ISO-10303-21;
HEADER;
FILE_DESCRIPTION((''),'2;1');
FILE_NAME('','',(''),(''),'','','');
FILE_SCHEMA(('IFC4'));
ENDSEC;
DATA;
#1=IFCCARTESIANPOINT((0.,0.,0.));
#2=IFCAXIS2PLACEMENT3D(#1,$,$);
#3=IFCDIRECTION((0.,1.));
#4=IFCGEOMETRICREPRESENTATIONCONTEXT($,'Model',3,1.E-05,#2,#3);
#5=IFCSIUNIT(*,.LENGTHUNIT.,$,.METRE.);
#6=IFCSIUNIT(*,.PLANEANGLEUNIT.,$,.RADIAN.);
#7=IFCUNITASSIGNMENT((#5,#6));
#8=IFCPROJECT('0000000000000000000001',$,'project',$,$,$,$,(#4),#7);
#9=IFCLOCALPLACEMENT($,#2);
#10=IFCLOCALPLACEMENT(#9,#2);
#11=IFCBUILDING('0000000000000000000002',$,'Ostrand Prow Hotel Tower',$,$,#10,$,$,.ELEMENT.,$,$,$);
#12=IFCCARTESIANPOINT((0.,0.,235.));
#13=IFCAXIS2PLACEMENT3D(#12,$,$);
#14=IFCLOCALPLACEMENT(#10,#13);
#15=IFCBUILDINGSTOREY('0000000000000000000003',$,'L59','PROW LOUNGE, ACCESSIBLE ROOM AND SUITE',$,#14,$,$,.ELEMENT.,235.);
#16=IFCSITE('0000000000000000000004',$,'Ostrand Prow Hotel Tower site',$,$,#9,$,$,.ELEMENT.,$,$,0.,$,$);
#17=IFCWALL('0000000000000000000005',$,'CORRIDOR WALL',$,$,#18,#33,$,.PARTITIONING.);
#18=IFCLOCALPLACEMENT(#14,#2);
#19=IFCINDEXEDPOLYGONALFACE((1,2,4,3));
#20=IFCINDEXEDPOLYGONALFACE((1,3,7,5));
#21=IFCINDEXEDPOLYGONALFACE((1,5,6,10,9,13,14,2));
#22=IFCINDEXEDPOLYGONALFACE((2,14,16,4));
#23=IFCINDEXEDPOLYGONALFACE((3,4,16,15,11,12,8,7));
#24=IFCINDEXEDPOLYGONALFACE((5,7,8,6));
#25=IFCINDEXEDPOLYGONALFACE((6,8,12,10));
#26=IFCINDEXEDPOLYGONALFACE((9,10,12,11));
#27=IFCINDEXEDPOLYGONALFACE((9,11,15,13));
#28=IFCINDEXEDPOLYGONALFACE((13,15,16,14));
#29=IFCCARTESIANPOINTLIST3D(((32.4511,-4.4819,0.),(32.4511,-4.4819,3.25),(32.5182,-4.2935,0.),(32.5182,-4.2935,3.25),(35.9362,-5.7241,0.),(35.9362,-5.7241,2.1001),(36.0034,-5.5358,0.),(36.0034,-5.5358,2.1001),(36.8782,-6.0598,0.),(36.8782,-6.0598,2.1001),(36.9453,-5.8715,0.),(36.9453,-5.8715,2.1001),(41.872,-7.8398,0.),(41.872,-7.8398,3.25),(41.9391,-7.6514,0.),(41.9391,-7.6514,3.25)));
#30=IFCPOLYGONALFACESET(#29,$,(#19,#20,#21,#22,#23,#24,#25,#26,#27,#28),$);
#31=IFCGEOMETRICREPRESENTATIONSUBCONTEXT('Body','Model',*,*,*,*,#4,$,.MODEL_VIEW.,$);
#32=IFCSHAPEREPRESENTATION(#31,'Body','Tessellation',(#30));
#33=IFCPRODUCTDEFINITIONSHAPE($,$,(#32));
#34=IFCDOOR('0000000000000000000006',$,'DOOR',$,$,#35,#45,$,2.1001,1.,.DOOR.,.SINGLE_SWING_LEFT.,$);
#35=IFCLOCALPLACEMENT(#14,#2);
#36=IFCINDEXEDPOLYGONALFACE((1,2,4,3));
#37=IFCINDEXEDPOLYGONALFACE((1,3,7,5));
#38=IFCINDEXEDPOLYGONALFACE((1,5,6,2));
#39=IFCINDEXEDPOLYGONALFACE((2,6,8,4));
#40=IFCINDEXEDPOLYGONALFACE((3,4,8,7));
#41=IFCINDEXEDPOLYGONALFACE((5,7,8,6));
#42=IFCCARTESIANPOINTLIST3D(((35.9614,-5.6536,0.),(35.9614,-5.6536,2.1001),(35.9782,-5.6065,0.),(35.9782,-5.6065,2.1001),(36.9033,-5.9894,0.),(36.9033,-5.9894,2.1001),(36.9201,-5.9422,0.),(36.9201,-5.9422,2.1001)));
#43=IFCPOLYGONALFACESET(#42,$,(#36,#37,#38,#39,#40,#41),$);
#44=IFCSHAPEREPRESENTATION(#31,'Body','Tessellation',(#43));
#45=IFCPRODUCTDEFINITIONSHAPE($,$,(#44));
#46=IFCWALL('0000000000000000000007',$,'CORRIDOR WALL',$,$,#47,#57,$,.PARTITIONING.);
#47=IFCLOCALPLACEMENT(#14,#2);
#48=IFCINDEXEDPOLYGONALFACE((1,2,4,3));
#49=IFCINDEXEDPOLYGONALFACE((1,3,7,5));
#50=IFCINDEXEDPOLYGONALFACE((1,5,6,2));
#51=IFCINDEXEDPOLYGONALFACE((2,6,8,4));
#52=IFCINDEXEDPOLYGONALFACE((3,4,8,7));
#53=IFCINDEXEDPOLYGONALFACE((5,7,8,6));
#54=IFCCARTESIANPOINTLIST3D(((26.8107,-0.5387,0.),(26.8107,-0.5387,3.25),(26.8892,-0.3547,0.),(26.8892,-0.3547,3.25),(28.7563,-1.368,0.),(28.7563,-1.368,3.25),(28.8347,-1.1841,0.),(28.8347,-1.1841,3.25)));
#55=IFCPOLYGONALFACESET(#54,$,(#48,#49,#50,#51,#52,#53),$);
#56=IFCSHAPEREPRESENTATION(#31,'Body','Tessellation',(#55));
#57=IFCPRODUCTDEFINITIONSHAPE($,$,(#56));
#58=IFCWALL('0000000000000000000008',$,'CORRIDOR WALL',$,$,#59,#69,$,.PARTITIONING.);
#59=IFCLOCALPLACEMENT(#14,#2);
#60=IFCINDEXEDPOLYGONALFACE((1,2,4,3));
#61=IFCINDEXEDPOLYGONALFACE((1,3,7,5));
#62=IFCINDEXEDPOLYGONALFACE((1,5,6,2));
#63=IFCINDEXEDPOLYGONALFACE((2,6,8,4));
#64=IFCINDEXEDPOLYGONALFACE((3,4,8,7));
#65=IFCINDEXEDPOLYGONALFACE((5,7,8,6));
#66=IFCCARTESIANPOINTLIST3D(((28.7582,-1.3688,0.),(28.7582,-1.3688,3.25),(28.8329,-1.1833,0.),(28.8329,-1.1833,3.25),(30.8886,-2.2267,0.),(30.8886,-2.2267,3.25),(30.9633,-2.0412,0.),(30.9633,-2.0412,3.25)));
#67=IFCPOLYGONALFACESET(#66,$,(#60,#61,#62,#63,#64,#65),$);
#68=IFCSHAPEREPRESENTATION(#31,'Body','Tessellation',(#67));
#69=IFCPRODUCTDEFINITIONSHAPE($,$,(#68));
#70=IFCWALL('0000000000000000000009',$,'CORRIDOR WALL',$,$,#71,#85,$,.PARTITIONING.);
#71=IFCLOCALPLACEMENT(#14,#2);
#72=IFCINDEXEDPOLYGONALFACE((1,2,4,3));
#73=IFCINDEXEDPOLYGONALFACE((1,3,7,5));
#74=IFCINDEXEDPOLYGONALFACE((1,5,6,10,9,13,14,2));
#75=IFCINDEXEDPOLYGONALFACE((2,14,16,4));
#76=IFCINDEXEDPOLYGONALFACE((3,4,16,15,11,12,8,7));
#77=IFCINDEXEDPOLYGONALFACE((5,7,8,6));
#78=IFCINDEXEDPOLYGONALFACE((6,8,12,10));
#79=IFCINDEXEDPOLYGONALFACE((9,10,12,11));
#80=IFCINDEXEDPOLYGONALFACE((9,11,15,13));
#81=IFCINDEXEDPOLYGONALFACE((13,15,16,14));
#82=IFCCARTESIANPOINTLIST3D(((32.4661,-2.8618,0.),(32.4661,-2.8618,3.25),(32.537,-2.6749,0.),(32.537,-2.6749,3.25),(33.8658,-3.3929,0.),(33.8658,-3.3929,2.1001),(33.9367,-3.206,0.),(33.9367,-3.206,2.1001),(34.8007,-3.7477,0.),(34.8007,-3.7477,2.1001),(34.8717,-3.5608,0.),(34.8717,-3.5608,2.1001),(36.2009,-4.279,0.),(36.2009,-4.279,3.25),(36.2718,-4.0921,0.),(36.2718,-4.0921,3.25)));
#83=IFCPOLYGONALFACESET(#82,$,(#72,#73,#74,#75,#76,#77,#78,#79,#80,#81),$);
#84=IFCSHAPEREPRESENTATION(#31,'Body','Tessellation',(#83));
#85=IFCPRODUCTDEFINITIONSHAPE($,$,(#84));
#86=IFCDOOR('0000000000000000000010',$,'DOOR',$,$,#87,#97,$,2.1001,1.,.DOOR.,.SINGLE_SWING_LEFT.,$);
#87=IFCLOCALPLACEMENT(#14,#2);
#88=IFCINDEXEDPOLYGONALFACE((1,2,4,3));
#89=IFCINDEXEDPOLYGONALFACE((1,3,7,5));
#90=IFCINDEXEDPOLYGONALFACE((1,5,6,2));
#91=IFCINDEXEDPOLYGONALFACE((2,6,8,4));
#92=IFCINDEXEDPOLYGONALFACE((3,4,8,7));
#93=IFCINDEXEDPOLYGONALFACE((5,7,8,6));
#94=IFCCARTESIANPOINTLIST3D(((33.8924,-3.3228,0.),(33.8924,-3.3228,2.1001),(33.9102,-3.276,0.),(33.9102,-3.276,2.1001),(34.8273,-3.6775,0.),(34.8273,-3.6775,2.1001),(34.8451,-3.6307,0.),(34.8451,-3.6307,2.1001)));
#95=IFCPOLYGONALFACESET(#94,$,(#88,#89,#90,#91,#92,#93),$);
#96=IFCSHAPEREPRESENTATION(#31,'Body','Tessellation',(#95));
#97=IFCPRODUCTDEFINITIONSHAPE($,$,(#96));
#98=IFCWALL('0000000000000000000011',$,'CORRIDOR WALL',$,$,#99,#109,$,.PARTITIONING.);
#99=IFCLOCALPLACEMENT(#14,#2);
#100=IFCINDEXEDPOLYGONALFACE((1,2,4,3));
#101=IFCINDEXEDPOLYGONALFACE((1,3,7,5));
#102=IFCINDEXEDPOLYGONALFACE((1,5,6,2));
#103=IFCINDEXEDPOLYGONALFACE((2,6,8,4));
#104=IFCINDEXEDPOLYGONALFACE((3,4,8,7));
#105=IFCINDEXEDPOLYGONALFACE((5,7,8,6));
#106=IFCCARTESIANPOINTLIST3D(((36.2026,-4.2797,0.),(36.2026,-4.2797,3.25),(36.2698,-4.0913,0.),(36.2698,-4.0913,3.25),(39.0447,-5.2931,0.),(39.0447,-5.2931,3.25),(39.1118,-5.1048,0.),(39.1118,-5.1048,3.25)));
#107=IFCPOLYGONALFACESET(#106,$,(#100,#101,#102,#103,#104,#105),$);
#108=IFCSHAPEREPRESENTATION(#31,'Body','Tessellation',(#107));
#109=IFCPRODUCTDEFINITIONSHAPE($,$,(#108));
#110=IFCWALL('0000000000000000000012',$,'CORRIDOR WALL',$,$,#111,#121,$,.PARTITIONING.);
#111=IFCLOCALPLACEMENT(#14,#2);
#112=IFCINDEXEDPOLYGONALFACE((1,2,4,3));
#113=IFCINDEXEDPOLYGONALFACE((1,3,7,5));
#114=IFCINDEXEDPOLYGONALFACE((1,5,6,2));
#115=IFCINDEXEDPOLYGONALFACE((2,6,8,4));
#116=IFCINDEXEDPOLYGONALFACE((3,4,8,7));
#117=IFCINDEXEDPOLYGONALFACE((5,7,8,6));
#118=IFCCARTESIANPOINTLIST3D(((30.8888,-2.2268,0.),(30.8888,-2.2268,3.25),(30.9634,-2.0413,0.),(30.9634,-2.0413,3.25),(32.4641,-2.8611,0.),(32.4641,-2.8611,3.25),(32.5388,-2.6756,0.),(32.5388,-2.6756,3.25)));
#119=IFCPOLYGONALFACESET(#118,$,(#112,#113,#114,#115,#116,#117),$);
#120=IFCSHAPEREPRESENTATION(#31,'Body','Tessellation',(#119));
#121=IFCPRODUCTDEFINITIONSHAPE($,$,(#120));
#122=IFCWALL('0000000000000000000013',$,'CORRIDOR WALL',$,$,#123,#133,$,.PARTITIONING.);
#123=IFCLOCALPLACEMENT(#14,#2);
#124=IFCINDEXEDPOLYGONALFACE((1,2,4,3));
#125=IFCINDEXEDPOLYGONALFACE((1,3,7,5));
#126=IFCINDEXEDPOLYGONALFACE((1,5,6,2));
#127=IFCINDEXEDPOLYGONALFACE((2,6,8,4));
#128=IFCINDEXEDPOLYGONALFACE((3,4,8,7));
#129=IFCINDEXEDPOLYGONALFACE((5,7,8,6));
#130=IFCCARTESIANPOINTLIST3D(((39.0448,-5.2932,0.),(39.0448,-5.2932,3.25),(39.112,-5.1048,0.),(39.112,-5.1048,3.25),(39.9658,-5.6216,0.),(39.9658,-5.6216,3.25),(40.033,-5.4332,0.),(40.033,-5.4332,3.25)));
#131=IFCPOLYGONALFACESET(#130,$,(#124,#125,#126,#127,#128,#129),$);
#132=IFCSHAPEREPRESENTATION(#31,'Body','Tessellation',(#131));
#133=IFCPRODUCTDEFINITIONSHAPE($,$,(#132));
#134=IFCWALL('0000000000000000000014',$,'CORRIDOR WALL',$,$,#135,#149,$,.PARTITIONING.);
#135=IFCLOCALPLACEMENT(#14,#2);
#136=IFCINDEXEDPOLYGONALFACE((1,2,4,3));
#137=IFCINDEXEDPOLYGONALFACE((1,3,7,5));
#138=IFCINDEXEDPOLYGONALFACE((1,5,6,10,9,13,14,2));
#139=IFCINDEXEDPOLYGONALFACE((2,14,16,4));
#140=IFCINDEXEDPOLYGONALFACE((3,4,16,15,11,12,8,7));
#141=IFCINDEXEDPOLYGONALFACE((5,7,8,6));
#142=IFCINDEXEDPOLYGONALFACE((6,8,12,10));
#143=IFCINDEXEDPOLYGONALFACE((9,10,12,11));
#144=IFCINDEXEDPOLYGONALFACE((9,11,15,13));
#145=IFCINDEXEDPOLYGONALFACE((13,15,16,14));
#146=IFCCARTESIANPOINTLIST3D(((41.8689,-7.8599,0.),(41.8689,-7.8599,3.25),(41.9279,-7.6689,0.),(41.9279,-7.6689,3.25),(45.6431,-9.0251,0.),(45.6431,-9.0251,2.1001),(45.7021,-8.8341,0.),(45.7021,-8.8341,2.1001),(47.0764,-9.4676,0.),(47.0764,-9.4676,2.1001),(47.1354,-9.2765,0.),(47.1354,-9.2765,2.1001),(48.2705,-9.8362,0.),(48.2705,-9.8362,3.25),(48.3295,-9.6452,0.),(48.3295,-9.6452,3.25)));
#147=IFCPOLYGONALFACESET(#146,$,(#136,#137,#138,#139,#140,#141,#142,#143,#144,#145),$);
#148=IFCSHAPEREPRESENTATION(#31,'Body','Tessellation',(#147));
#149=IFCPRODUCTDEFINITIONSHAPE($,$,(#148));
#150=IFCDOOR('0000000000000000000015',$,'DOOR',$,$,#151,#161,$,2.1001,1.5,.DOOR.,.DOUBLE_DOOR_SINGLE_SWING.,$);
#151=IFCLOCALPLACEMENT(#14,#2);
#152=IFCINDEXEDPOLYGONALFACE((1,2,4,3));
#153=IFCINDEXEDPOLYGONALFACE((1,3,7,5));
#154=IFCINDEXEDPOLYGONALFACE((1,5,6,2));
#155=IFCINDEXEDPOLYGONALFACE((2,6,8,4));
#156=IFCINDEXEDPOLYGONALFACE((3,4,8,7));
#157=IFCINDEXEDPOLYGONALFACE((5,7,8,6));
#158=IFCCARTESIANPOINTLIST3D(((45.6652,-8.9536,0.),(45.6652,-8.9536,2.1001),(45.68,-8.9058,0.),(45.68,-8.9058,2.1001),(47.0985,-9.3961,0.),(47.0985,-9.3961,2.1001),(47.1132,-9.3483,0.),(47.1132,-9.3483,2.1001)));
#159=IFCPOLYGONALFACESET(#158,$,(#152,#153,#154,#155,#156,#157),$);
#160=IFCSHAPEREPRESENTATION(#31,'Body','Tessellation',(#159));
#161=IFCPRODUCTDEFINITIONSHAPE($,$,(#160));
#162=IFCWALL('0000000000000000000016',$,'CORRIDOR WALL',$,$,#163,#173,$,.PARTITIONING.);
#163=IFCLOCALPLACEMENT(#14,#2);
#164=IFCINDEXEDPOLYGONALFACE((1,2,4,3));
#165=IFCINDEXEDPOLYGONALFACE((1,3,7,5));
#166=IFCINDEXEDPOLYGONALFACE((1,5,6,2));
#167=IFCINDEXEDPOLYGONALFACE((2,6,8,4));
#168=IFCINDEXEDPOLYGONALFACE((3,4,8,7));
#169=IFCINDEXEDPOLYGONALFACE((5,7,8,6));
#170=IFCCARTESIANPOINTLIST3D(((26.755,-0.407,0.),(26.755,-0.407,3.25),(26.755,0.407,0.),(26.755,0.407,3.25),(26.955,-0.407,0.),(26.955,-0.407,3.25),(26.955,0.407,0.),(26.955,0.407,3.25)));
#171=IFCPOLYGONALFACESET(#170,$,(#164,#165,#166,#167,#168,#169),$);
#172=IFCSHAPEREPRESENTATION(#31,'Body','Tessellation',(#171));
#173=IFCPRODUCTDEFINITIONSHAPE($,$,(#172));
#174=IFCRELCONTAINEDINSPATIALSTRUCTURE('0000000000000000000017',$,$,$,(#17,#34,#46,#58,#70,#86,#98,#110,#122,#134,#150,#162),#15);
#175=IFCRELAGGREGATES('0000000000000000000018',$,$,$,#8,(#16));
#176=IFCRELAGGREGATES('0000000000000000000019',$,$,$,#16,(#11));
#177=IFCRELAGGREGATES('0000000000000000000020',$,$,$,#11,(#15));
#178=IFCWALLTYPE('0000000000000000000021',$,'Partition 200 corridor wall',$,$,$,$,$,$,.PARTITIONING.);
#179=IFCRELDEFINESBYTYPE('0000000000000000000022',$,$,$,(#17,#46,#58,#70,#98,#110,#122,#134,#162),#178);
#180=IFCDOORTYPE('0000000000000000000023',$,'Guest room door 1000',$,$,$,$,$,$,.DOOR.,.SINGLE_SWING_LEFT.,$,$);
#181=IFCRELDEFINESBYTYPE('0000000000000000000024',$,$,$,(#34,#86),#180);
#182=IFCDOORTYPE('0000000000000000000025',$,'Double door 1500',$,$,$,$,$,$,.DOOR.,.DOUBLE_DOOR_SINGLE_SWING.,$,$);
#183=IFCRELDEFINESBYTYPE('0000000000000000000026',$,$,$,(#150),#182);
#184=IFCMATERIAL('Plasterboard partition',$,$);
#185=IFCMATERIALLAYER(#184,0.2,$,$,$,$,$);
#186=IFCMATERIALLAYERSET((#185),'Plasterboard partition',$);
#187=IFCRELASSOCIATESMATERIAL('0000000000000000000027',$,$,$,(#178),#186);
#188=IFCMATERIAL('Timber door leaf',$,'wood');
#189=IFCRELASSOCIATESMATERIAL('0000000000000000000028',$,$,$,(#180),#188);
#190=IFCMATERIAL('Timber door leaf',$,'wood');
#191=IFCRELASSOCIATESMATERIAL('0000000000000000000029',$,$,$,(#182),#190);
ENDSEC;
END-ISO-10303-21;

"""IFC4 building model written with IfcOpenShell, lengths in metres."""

from ifc_helpers import new_model, si_unit, direction, frame, frame_2d, origin, place, context, subcontext, project, spatial, rectangle, extrude, material, layer, layer_set, type_object, element, fill, save


model = new_model("IFC4")

# Units and contexts
model_context = context("Model", 3, precision=1e-05, world=origin(), true_north=direction((0.0, 1.0)))
body_context = subcontext(model_context, "Body", "Model", "MODEL_VIEW")
ifc_project = project(units=[si_unit("LENGTHUNIT", "METRE"), si_unit("PLANEANGLEUNIT", "RADIAN")], contexts=[model_context])

# Site, building, storey
site_placement = place(None, origin())
site = spatial("IfcSite", under=ifc_project, at=site_placement, Name="Ostrand Prow Hotel Tower site", CompositionType="ELEMENT", RefElevation=0.0)
building_placement = place(site_placement, origin())
building = spatial("IfcBuilding", under=site, at=building_placement, Name="Ostrand Prow Hotel Tower", CompositionType="ELEMENT")
storey_placement = place(building_placement, frame((0.0, 0.0, 235.0)))
storey = spatial("IfcBuildingStorey", under=building, at=storey_placement, Name="L59", Description="PROW LOUNGE, ACCESSIBLE ROOM AND SUITE", CompositionType="ELEMENT", Elevation=235.0)

# Wall, opening, door
ifc_material_1 = material(Name="Plasterboard partition")
ifc_layer_1 = layer(ifc_material_1, 0.2)
ifc_layer_set_1 = layer_set([ifc_layer_1], Name="Plasterboard partition")
wall_type_1 = type_object("IfcWallType", Name="Partition 200 corridor wall", PredefinedType="PARTITIONING", material=ifc_layer_set_1)
wall_1_placement = place(storey_placement, frame((32.4846, -4.3877, 0.0), z_axis=(0.0, 0.0, 1.0), x_axis=(0.941954, -0.335743, 0.0)))
wall_1 = element("IfcWall", 1, at=wall_1_placement, inside=storey, type_object=wall_type_1, Name="CORRIDOR WALL", PredefinedType="PARTITIONING", context=body_context, shape_type="SweptSolid", body=[
    extrude(rectangle(XDim=10.0015, YDim=0.2, at=frame_2d((5.0007, 0.0))), origin(), (0.0, 0.0, 1.0), 3.25),
])
opening_1_placement = place(wall_1_placement, frame((3.7, 0.0, 0.0)))
opening_1 = element("IfcOpeningElement", 2, at=opening_1_placement, cuts=wall_1, PredefinedType="OPENING", context=body_context, shape_type="SweptSolid", body=[
    extrude(rectangle(XDim=1.0, YDim=2.1001, at=frame_2d((0.5, 1.05))), frame((0.0, 0.1099, 0.0), z_axis=(0.0, -1.0, 0.0), x_axis=(1.0, 0.0, 0.0)), (0.0, 0.0, 1.0), 0.22),
])
ifc_material_2 = material(Name="Timber door leaf", Category="wood")
door_type_1 = type_object("IfcDoorType", Name="Guest room door 1000", OperationType="SINGLE_SWING_LEFT", PredefinedType="DOOR", material=ifc_material_2)
door_1_placement = place(opening_1_placement, origin())
door_1 = element("IfcDoor", 3, at=door_1_placement, inside=storey, type_object=door_type_1, Name="DOOR", OperationType="SINGLE_SWING_LEFT", OverallHeight=2.1001, OverallWidth=1.0, PredefinedType="DOOR", context=body_context, shape_type="SweptSolid", body=[
    extrude(rectangle(XDim=1.0, YDim=2.1001, at=frame_2d((0.5, 1.05))), frame((0.0, 0.0249, 0.0), z_axis=(0.0, -1.0, 0.0), x_axis=(1.0, 0.0, 0.0)), (0.0, 0.0, 1.0), 0.05),
])
fill(opening_1, door_1)

# Walls
wall_2_placement = place(storey_placement, frame((28.7957, -1.2761, 0.0), z_axis=(0.0, 0.0, 1.0), x_axis=(-0.919908, 0.392135, 0.0)))
element("IfcWall", 4, at=wall_2_placement, inside=storey, type_object=wall_type_1, Name="CORRIDOR WALL", PredefinedType="PARTITIONING", context=body_context, shape_type="SweptSolid", body=[
    extrude(rectangle(XDim=2.115, YDim=0.2, at=frame_2d((1.0576, 0.0))), origin(), (0.0, 0.0, 1.0), 3.25),
])
wall_3_placement = place(storey_placement, frame((30.926, -2.134, 0.0), z_axis=(0.0, 0.0, 1.0), x_axis=(-0.927609, 0.373552, 0.0)))
element("IfcWall", 5, at=wall_3_placement, inside=storey, type_object=wall_type_1, Name="CORRIDOR WALL", PredefinedType="PARTITIONING", context=body_context, shape_type="SweptSolid", body=[
    extrude(rectangle(XDim=2.2966, YDim=0.2, at=frame_2d((1.1484, 0.0))), origin(), (0.0, 0.0, 1.0), 3.25),
])

# Wall, opening, door
wall_4_placement = place(storey_placement, frame((36.2363, -4.1855, 0.0), z_axis=(0.0, 0.0, 1.0), x_axis=(-0.934951, 0.354778, 0.0)))
wall_4 = element("IfcWall", 6, at=wall_4_placement, inside=storey, type_object=wall_type_1, Name="CORRIDOR WALL", PredefinedType="PARTITIONING", context=body_context, shape_type="SweptSolid", body=[
    extrude(rectangle(XDim=3.9946, YDim=0.2, at=frame_2d((1.9973, 0.0))), origin(), (0.0, 0.0, 1.0), 3.25),
])
opening_2_placement = place(wall_4_placement, frame((1.4976, 0.0, 0.0)))
opening_2 = element("IfcOpeningElement", 7, at=opening_2_placement, cuts=wall_4, PredefinedType="OPENING", context=body_context, shape_type="SweptSolid", body=[
    extrude(rectangle(XDim=1.0, YDim=2.1001, at=frame_2d((0.5, 1.05))), frame((0.0, 0.1099, 0.0), z_axis=(0.0, -1.0, 0.0), x_axis=(1.0, 0.0, 0.0)), (0.0, 0.0, 1.0), 0.22),
])
door_2_placement = place(opening_2_placement, origin())
door_2 = element("IfcDoor", 8, at=door_2_placement, inside=storey, type_object=door_type_1, Name="DOOR", OperationType="SINGLE_SWING_LEFT", OverallHeight=2.1001, OverallWidth=1.0, PredefinedType="DOOR", context=body_context, shape_type="SweptSolid", body=[
    extrude(rectangle(XDim=1.0, YDim=2.1001, at=frame_2d((0.5, 1.05))), frame((0.0, 0.0249, 0.0), z_axis=(0.0, -1.0, 0.0), x_axis=(1.0, 0.0, 0.0)), (0.0, 0.0, 1.0), 0.05),
])
fill(opening_2, door_2)

# Walls
wall_5_placement = place(storey_placement, frame((39.0784, -5.199, 0.0), z_axis=(0.0, 0.0, 1.0), x_axis=(-0.941908, 0.33587, 0.0)))
element("IfcWall", 9, at=wall_5_placement, inside=storey, type_object=wall_type_1, Name="CORRIDOR WALL", PredefinedType="PARTITIONING", context=body_context, shape_type="SweptSolid", body=[
    extrude(rectangle(XDim=3.0173, YDim=0.2, at=frame_2d((1.5088, 0.0))), origin(), (0.0, 0.0, 1.0), 3.25),
])
wall_6_placement = place(storey_placement, frame((32.5015, -2.7683, 0.0), z_axis=(0.0, 0.0, 1.0), x_axis=(-0.927642, 0.373472, 0.0)))
element("IfcWall", 10, at=wall_6_placement, inside=storey, type_object=wall_type_1, Name="CORRIDOR WALL", PredefinedType="PARTITIONING", context=body_context, shape_type="SweptSolid", body=[
    extrude(rectangle(XDim=1.6982, YDim=0.2, at=frame_2d((0.8491, 0.0))), origin(), (0.0, 0.0, 1.0), 3.25),
])
wall_7_placement = place(storey_placement, frame((39.9993, -5.5273, 0.0), z_axis=(0.0, 0.0, 1.0), x_axis=(-0.941911, 0.335862, 0.0)))
element("IfcWall", 11, at=wall_7_placement, inside=storey, type_object=wall_type_1, Name="CORRIDOR WALL", PredefinedType="PARTITIONING", context=body_context, shape_type="SweptSolid", body=[
    extrude(rectangle(XDim=0.9778, YDim=0.2, at=frame_2d((0.4888, 0.0))), origin(), (0.0, 0.0, 1.0), 3.25),
])

# Wall, opening, door
wall_8_placement = place(storey_placement, frame((41.8984, -7.7644, 0.0), z_axis=(0.0, 0.0, 1.0), x_axis=(0.955502, -0.294985, 0.0)))
wall_8 = element("IfcWall", 12, at=wall_8_placement, inside=storey, type_object=wall_type_1, Name="CORRIDOR WALL", PredefinedType="PARTITIONING", context=body_context, shape_type="SweptSolid", body=[
    extrude(rectangle(XDim=6.6997, YDim=0.2, at=frame_2d((3.3499, 0.0))), origin(), (0.0, 0.0, 1.0), 3.25),
])
opening_3_placement = place(wall_8_placement, frame((3.95, 0.0, 0.0)))
opening_3 = element("IfcOpeningElement", 13, at=opening_3_placement, cuts=wall_8, PredefinedType="OPENING", context=body_context, shape_type="SweptSolid", body=[
    extrude(rectangle(XDim=1.5, YDim=2.1001, at=frame_2d((0.75, 1.05))), frame((0.0, 0.1099, 0.0), z_axis=(0.0, -1.0, 0.0), x_axis=(1.0, 0.0, 0.0)), (0.0, 0.0, 1.0), 0.22),
])
ifc_material_3 = material(Name="Timber door leaf", Category="wood")
door_type_2 = type_object("IfcDoorType", Name="Double door 1500", OperationType="DOUBLE_DOOR_SINGLE_SWING", PredefinedType="DOOR", material=ifc_material_3)
door_3_placement = place(opening_3_placement, origin())
door_3 = element("IfcDoor", 14, at=door_3_placement, inside=storey, type_object=door_type_2, Name="DOOR", OperationType="DOUBLE_DOOR_SINGLE_SWING", OverallHeight=2.1001, OverallWidth=1.5, PredefinedType="DOOR", context=body_context, shape_type="SweptSolid", body=[
    extrude(rectangle(XDim=1.5, YDim=2.1001, at=frame_2d((0.75, 1.05))), frame((0.0, 0.0249, 0.0), z_axis=(0.0, -1.0, 0.0), x_axis=(1.0, 0.0, 0.0)), (0.0, 0.0, 1.0), 0.05),
])
fill(opening_3, door_3)

# Wall
wall_9_placement = place(storey_placement, frame((26.855, -0.407, 0.0), z_axis=(0.0, 0.0, 1.0), x_axis=(0.0, 1.0, 0.0)))
element("IfcWall", 15, at=wall_9_placement, inside=storey, type_object=wall_type_1, Name="CORRIDOR WALL", PredefinedType="PARTITIONING", context=body_context, shape_type="SweptSolid", body=[
    extrude(rectangle(XDim=0.814, YDim=0.2, at=frame_2d((0.407, 0.0))), origin(), (0.0, 0.0, 1.0), 3.25),
])

save(model, "model.ifc")
